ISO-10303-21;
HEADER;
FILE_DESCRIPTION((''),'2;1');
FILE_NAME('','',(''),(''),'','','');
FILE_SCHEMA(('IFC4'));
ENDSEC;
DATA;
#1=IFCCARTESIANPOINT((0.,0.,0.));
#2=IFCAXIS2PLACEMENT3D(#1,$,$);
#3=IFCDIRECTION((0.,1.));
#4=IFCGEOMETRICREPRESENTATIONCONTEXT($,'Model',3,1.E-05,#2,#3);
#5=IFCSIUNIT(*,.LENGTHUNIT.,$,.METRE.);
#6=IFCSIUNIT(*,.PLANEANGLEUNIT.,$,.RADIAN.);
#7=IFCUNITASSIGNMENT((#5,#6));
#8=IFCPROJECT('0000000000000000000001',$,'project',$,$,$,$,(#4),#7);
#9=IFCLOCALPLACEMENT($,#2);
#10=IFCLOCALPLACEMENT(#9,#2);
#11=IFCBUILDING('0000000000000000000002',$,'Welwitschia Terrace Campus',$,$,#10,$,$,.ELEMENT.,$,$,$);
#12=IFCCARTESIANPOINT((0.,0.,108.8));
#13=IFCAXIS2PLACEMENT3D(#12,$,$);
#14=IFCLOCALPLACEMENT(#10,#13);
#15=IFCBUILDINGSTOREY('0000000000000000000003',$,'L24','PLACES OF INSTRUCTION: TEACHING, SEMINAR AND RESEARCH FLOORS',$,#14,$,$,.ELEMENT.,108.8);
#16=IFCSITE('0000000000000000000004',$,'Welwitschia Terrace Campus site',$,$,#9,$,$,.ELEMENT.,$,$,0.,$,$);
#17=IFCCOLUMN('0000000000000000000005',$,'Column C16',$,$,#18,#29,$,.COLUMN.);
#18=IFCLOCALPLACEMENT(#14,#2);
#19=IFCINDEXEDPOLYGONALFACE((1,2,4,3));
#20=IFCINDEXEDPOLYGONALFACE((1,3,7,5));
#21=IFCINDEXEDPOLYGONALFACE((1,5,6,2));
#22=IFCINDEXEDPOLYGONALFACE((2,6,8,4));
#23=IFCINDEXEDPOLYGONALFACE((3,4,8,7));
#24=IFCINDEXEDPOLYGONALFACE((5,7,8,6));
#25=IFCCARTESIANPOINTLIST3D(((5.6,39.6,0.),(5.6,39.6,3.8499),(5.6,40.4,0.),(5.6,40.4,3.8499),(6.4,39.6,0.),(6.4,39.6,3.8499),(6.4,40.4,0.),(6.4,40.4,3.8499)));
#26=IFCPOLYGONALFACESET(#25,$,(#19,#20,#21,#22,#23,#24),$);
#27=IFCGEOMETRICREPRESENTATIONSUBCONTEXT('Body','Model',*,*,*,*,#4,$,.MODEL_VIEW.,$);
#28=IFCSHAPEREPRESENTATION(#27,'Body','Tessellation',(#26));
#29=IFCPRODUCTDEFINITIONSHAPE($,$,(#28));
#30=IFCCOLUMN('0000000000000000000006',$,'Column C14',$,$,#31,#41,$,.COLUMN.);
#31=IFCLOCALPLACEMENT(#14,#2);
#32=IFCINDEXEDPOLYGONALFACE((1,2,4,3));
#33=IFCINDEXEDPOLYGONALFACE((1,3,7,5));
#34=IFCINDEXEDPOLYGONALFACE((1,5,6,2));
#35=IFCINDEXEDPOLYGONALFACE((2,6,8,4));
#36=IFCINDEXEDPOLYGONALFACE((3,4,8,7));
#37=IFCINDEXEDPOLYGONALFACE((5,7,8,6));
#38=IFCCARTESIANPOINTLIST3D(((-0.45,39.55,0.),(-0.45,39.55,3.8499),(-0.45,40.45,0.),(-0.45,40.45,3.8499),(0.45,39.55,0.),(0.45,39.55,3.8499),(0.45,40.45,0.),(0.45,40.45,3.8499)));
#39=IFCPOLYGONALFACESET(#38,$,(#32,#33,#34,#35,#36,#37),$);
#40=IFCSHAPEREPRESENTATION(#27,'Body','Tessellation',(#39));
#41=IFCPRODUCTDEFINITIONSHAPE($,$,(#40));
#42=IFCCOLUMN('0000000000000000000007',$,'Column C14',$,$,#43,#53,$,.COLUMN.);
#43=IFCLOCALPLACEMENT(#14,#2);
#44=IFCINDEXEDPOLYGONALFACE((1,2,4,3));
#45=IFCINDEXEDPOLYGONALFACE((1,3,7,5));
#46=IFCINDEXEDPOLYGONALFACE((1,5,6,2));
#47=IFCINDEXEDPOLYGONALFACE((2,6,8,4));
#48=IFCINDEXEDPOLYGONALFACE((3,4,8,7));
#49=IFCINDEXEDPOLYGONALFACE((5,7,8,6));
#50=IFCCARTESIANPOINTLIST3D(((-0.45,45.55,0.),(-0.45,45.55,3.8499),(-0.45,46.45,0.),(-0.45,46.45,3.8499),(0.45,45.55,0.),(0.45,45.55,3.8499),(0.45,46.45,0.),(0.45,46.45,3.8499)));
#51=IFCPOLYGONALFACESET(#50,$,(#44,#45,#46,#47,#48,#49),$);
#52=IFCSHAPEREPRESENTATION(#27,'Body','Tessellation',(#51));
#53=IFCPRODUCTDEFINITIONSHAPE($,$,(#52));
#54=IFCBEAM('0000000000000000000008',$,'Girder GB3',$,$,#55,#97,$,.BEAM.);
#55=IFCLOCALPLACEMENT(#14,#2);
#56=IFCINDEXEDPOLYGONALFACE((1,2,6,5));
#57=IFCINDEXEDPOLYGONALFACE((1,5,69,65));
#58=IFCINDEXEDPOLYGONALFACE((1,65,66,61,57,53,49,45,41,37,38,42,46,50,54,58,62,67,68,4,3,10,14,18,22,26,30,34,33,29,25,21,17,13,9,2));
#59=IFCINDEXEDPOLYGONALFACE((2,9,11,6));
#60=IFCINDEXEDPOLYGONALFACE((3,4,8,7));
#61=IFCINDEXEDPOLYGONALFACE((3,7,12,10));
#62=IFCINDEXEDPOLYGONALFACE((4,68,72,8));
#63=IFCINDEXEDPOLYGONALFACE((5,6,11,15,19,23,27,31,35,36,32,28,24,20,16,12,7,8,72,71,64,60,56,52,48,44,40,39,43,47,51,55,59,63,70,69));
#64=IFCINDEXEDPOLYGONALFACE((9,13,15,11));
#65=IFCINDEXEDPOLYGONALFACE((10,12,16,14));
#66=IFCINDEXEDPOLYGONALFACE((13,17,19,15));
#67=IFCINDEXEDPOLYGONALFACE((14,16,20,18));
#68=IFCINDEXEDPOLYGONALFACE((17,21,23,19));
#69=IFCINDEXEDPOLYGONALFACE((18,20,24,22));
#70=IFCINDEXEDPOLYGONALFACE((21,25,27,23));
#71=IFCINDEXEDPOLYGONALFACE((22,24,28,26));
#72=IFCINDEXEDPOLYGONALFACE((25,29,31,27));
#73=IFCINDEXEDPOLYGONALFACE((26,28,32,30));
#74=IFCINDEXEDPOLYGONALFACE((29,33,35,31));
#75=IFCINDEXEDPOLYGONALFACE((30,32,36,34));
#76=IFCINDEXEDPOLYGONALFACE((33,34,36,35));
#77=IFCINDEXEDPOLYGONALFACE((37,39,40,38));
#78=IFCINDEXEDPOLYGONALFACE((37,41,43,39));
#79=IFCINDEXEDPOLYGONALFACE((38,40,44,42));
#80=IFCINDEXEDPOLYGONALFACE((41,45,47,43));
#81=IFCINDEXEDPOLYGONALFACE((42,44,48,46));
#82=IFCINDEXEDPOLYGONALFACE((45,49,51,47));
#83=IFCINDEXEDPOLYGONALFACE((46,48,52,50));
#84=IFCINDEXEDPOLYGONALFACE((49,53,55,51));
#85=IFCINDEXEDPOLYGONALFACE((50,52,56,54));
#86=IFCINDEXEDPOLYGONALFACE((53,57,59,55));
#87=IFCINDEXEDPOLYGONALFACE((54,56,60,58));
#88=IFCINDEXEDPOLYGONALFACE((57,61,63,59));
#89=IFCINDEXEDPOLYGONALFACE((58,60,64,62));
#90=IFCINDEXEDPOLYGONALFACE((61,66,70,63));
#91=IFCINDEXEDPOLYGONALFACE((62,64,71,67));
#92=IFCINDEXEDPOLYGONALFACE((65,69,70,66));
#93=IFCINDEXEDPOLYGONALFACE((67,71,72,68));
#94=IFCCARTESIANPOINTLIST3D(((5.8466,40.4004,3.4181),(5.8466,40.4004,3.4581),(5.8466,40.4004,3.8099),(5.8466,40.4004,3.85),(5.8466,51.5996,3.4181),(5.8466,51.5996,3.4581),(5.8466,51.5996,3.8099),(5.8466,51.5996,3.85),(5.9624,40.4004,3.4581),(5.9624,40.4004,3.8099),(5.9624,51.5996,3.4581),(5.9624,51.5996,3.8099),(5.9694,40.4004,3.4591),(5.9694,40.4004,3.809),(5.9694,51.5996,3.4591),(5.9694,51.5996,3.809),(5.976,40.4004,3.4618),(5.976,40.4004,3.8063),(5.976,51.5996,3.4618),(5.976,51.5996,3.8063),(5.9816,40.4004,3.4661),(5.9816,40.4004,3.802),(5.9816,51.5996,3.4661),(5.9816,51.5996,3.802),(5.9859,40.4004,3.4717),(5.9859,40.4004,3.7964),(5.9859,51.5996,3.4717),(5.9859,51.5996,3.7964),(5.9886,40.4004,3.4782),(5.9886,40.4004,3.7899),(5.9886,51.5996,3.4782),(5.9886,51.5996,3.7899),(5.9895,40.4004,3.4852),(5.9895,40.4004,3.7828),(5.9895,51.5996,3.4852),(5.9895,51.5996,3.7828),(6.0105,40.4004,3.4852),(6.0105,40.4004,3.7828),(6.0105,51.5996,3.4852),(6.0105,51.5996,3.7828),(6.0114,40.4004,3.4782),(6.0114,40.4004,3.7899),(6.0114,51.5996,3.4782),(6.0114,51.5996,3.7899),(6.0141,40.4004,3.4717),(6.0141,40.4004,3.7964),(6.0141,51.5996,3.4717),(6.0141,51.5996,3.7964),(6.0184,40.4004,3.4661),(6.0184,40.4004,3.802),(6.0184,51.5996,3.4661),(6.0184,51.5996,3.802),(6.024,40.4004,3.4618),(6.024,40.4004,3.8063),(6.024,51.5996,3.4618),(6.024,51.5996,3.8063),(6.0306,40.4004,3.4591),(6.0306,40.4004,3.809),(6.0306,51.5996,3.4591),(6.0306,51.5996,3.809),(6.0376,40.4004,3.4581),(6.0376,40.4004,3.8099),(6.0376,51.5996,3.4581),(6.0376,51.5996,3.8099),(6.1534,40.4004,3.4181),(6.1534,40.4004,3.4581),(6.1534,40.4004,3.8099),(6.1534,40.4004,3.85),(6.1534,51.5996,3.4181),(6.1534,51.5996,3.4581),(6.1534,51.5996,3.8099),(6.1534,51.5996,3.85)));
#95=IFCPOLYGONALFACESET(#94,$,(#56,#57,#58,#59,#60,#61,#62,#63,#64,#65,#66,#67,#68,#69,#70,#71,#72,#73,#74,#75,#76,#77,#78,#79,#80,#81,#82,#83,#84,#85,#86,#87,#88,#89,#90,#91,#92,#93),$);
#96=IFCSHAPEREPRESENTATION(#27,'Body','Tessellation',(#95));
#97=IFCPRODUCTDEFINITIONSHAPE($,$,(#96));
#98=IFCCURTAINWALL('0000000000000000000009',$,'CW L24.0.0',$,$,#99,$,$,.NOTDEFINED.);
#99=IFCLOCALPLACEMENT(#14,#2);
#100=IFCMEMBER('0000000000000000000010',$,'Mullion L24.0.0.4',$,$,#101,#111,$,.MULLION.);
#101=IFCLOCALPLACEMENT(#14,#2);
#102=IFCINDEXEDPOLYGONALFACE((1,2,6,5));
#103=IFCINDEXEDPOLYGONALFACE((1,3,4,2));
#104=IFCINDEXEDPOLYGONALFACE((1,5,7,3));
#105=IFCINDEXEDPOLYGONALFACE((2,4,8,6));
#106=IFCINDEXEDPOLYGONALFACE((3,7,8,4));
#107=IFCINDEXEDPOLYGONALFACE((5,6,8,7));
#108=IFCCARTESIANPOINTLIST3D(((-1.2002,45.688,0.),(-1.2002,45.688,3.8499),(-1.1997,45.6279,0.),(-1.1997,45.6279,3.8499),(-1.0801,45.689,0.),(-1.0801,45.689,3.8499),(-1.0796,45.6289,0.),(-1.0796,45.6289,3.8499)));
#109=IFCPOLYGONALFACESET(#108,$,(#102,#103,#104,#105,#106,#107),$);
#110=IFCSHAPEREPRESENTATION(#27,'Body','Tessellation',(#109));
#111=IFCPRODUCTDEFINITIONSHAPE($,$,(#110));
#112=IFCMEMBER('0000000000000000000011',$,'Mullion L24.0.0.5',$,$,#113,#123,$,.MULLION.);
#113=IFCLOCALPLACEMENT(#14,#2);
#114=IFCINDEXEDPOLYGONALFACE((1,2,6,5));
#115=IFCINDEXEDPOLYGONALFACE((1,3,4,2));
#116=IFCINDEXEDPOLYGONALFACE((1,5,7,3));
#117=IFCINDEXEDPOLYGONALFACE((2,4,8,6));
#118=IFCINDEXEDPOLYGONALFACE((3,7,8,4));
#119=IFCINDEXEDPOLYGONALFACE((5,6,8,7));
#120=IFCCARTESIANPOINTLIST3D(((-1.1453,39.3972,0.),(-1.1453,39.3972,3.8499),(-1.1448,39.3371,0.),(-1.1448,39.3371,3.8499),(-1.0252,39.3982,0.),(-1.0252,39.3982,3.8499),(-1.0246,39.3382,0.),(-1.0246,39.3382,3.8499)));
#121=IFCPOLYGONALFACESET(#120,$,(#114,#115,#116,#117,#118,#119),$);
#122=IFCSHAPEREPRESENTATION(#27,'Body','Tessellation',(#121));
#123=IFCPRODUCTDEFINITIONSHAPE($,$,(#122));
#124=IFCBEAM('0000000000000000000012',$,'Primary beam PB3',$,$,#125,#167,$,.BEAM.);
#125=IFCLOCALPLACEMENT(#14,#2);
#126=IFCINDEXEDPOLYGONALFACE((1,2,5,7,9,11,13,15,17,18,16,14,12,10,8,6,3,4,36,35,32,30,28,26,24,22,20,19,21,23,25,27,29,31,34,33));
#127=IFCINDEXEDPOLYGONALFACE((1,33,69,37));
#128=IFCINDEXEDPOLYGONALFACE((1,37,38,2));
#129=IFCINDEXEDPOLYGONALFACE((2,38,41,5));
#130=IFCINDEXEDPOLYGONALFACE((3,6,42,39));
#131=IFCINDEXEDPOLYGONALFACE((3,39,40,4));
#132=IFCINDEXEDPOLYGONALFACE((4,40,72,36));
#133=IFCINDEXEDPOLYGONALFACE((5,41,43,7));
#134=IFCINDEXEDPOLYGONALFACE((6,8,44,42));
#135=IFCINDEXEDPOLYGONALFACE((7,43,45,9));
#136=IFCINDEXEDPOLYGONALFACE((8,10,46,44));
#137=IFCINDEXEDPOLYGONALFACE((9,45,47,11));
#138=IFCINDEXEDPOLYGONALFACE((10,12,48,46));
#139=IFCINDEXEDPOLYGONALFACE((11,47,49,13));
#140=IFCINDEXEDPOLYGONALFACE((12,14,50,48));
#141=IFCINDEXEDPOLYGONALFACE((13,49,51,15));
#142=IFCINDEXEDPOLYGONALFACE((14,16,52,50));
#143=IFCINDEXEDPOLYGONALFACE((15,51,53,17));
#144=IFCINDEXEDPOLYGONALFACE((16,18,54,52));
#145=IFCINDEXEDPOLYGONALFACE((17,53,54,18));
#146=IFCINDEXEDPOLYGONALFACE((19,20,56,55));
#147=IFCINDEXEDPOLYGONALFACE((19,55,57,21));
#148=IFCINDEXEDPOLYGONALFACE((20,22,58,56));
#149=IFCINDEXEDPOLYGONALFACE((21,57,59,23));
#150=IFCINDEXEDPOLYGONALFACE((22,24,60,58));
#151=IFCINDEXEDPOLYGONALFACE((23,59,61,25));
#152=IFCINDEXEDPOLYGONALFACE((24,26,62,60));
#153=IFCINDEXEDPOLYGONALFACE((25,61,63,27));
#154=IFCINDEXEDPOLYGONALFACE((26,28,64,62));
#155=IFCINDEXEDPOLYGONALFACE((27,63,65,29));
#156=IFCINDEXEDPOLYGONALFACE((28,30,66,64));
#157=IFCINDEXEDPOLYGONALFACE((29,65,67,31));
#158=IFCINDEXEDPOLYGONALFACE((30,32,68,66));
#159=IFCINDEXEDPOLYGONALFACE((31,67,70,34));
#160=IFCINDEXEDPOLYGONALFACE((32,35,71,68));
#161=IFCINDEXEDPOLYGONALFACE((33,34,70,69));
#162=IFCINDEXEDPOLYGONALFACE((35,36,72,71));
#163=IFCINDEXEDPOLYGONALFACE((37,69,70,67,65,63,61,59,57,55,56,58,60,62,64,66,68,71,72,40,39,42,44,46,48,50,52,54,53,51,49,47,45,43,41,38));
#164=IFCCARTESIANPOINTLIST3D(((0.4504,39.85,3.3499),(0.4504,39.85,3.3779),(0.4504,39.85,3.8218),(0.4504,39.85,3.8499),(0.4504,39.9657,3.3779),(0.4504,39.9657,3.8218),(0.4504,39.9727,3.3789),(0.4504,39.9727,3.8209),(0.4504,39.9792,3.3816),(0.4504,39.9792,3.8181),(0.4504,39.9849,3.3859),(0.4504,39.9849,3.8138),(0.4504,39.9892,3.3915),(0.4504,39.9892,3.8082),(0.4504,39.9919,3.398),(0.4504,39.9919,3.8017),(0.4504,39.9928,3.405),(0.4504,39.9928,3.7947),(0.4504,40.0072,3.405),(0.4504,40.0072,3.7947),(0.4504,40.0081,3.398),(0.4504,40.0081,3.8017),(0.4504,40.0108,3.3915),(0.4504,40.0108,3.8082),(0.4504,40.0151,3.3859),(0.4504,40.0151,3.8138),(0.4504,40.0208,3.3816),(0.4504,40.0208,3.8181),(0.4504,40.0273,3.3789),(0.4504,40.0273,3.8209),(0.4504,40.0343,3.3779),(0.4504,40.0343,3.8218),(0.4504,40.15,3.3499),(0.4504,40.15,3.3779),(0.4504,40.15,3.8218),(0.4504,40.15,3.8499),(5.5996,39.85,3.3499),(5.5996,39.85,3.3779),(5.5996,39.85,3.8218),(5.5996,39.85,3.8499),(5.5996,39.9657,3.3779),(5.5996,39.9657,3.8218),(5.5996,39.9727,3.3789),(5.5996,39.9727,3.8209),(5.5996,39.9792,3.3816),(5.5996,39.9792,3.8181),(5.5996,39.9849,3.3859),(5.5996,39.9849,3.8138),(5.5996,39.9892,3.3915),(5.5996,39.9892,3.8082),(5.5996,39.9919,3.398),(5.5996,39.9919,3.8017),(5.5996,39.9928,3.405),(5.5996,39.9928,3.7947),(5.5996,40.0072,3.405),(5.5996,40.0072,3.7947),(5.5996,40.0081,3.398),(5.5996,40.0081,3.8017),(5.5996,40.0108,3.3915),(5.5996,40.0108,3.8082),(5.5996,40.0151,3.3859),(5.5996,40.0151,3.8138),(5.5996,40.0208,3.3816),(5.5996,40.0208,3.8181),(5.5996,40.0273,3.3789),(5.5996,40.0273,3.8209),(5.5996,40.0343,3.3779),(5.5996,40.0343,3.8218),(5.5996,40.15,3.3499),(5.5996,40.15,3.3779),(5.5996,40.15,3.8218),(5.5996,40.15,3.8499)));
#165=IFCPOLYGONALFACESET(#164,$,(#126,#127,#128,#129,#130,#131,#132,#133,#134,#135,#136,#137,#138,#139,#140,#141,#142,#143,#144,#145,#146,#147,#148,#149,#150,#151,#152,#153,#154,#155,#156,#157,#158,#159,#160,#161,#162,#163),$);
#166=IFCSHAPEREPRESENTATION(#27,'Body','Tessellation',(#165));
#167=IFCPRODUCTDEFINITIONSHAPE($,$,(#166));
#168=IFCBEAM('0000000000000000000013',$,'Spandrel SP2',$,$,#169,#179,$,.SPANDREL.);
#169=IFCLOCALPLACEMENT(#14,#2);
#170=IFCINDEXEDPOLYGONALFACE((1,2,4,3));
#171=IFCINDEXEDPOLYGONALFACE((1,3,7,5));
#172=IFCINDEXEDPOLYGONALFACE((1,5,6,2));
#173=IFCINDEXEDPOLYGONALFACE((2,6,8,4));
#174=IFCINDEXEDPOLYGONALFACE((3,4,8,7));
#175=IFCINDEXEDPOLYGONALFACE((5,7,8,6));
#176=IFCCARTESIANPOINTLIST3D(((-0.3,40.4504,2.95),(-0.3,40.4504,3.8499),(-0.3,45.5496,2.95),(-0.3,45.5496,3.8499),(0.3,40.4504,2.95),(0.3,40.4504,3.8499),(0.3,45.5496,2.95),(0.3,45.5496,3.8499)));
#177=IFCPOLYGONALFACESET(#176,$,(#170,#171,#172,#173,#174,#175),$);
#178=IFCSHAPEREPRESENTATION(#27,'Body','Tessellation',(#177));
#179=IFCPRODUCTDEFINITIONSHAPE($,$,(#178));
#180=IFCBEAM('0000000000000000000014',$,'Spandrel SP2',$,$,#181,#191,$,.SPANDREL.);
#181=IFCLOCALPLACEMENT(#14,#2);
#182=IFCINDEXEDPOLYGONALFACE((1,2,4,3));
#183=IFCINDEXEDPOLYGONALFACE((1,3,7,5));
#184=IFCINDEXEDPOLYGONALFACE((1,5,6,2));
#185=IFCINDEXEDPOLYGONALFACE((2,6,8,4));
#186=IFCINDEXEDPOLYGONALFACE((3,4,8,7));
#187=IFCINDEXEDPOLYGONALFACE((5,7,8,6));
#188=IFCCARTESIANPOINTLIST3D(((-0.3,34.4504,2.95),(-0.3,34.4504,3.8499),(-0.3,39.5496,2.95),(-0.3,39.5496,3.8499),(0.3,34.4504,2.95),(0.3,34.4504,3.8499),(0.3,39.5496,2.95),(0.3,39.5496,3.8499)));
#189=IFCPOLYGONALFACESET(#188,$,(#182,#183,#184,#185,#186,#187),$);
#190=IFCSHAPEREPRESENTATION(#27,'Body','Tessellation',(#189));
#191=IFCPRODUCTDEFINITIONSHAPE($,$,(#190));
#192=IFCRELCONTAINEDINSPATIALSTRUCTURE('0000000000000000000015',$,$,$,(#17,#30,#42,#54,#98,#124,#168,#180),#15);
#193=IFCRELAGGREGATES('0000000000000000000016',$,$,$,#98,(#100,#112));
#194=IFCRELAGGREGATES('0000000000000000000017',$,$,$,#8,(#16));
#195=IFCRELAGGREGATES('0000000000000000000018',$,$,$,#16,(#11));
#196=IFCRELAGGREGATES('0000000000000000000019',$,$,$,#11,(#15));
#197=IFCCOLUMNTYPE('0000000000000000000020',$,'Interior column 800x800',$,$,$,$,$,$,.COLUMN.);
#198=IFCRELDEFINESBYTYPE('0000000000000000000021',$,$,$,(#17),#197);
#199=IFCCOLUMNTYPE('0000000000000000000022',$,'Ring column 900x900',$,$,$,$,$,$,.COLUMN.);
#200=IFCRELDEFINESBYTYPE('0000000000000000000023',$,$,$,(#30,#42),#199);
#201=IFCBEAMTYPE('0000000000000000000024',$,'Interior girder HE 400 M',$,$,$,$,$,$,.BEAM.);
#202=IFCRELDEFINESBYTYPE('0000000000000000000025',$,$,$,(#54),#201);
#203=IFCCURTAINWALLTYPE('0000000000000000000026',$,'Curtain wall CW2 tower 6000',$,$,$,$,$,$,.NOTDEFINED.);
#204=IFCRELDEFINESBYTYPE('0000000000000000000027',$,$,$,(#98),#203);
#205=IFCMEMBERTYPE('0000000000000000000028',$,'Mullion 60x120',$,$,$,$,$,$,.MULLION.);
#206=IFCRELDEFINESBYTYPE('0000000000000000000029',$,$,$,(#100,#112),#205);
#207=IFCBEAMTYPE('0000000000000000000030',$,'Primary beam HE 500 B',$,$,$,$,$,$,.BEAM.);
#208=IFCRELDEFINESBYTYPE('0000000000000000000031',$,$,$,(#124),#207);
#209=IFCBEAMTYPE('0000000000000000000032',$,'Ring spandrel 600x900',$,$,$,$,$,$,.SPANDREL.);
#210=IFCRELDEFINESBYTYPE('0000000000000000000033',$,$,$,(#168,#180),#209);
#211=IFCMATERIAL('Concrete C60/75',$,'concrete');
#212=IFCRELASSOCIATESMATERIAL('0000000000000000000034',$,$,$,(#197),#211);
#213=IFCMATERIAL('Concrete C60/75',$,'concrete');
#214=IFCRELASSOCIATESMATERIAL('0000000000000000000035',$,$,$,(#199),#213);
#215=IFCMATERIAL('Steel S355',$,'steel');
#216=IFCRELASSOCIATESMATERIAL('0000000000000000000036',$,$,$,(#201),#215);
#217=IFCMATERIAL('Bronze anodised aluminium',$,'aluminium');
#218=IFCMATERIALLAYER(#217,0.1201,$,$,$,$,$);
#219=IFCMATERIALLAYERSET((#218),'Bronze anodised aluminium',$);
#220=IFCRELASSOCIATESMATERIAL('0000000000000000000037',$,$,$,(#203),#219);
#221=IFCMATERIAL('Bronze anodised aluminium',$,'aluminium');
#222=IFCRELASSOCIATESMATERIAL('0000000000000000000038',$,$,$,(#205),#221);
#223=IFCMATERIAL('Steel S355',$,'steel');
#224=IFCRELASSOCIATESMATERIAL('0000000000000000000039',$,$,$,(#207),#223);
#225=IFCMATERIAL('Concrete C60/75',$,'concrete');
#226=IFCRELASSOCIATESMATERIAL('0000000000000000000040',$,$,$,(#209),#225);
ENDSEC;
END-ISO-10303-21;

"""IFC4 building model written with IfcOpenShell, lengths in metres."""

from ifc_helpers import new_model, si_unit, direction, frame, origin, origin_2d, place, context, subcontext, project, spatial, rectangle, i_section, extrude, material, layer, layer_set, material_profile, profile_set, type_object, element, aggregate, save


model = new_model("IFC4")

# Units and contexts
model_context = context("Model", 3, precision=1e-05, world=origin(), true_north=direction((0.0, 1.0)))
body_context = subcontext(model_context, "Body", "Model", "MODEL_VIEW")
ifc_project = project(units=[si_unit("LENGTHUNIT", "METRE"), si_unit("PLANEANGLEUNIT", "RADIAN")], contexts=[model_context])

# Site, building, storey
site_placement = place(None, origin())
site = spatial("IfcSite", under=ifc_project, at=site_placement, Name="Welwitschia Terrace Campus site", CompositionType="ELEMENT", RefElevation=0.0)
building_placement = place(site_placement, origin())
building = spatial("IfcBuilding", under=site, at=building_placement, Name="Welwitschia Terrace Campus", CompositionType="ELEMENT")
storey_placement = place(building_placement, frame((0.0, 0.0, 108.8)))
storey = spatial("IfcBuildingStorey", under=building, at=storey_placement, Name="L24", Description="PLACES OF INSTRUCTION: TEACHING, SEMINAR AND RESEARCH FLOORS", CompositionType="ELEMENT", Elevation=108.8)

# Columns
ifc_material_1 = material(Name="Concrete C60/75", Category="concrete")
ifc_material_profile_1 = material_profile(ifc_material_1, rectangle(XDim=0.8, YDim=0.8, at=origin_2d()))
ifc_profile_set_1 = profile_set([ifc_material_profile_1], Name="Concrete C60/75")
column_type_1 = type_object("IfcColumnType", Name="Interior column 800x800", PredefinedType="COLUMN", material=ifc_profile_set_1)
column_placement = place(storey_placement, frame((6.0, 40.0, 0.0), z_axis=(0.0, 0.0, 1.0), x_axis=(1.0, 0.0, 0.0)))
element("IfcColumn", 1, at=column_placement, inside=storey, type_object=column_type_1, Name="Column C16", PredefinedType="COLUMN", context=body_context, shape_type="SweptSolid", body=[
    extrude(rectangle(XDim=0.8, YDim=0.8, at=origin_2d()), origin(), (0.0, 0.0, 1.0), 3.8499),
])
ifc_material_2 = material(Name="Concrete C60/75", Category="concrete")
ifc_material_profile_2 = material_profile(ifc_material_2, rectangle(XDim=0.8999, YDim=0.8999, at=origin_2d()))
ifc_profile_set_2 = profile_set([ifc_material_profile_2], Name="Concrete C60/75")
column_type_2 = type_object("IfcColumnType", Name="Ring column 900x900", PredefinedType="COLUMN", material=ifc_profile_set_2)
for number, where, z_axis, x_axis, name in (
    (2, (0.0, 40.0, 0.0), (0.0, 0.0, 1.0), (1.0, 0.0, 0.0), "Column C14"),
    (3, (0.0, 46.0, 0.0), (0.0, 0.0, 1.0), (1.0, 0.0, 0.0), "Column C14"),
):
    element("IfcColumn", number, at=place(storey_placement, frame(where, z_axis=z_axis, x_axis=x_axis)), inside=storey, type_object=column_type_2, Name=name, PredefinedType="COLUMN", context=body_context, shape_type="SweptSolid", body=[
        extrude(rectangle(XDim=0.8999, YDim=0.8999, at=origin_2d()), origin(), (0.0, 0.0, 1.0), 3.8499),
    ])

# Beam
ifc_material_3 = material(Name="Steel S355", Category="steel")
ifc_material_profile_3 = material_profile(ifc_material_3, i_section(OverallWidth=0.3069, OverallDepth=0.4319, WebThickness=0.021, FlangeThickness=0.04, FilletRadius=0.0271, at=origin_2d()))
ifc_profile_set_3 = profile_set([ifc_material_profile_3], Name="Steel S355")
beam_type_1 = type_object("IfcBeamType", Name="Interior girder HE 400 M", PredefinedType="BEAM", material=ifc_profile_set_3)
beam_1_placement = place(storey_placement, frame((6.0, 40.4004, 3.634), z_axis=(0.0, 1.0, 0.0), x_axis=(-1.0, 0.0, 0.0)))
element("IfcBeam", 4, at=beam_1_placement, inside=storey, type_object=beam_type_1, Name="Girder GB3", PredefinedType="BEAM", context=body_context, shape_type="SweptSolid", body=[
    extrude(i_section(OverallWidth=0.3069, OverallDepth=0.4319, WebThickness=0.021, FlangeThickness=0.04, FilletRadius=0.0271, at=origin_2d()), origin(), (0.0, 0.0, 1.0), 11.1992),
])

# Curtain wall, members
ifc_material_4 = material(Name="Bronze anodised aluminium", Category="aluminium")
ifc_layer_1 = layer(ifc_material_4, 0.1201)
ifc_layer_set_1 = layer_set([ifc_layer_1], Name="Bronze anodised aluminium")
curtain_wall_type = type_object("IfcCurtainWallType", Name="Curtain wall CW2 tower 6000", PredefinedType="NOTDEFINED", material=ifc_layer_set_1)
curtain_wall_placement = place(storey_placement, origin())
curtain_wall = element("IfcCurtainWall", 5, at=curtain_wall_placement, inside=storey, type_object=curtain_wall_type, Name="CW L24.0.0", PredefinedType="NOTDEFINED")
ifc_material_5 = material(Name="Bronze anodised aluminium", Category="aluminium")
ifc_material_profile_4 = material_profile(ifc_material_5, rectangle(XDim=0.1201, YDim=0.0601, at=origin_2d()))
ifc_profile_set_4 = profile_set([ifc_material_profile_4], Name="Bronze anodised aluminium")
member_type = type_object("IfcMemberType", Name="Mullion 60x120", PredefinedType="MULLION", material=ifc_profile_set_4)
member_1_placement = place(storey_placement, frame((-1.1399, 45.6584, 0.0), z_axis=(0.0, 0.0, 1.0), x_axis=(0.999962, 0.008727, 0.0)))
member_1 = element("IfcMember", 6, at=member_1_placement, type_object=member_type, Name="Mullion L24.0.0.4", PredefinedType="MULLION", context=body_context, shape_type="SweptSolid", body=[
    extrude(rectangle(XDim=0.1201, YDim=0.0601, at=origin_2d()), origin(), (0.0, 0.0, 1.0), 3.8499),
])
member_2_placement = place(storey_placement, frame((-1.085, 39.3677, 0.0), z_axis=(0.0, 0.0, 1.0), x_axis=(0.999962, 0.008727, 0.0)))
member_2 = element("IfcMember", 7, at=member_2_placement, type_object=member_type, Name="Mullion L24.0.0.5", PredefinedType="MULLION", context=body_context, shape_type="SweptSolid", body=[
    extrude(rectangle(XDim=0.1201, YDim=0.0601, at=origin_2d()), origin(), (0.0, 0.0, 1.0), 3.8499),
])

# Beams
ifc_material_6 = material(Name="Steel S355", Category="steel")
ifc_material_profile_5 = material_profile(ifc_material_6, i_section(OverallWidth=0.3, OverallDepth=0.5, WebThickness=0.0144, FlangeThickness=0.0281, FilletRadius=0.0271, at=origin_2d()))
ifc_profile_set_5 = profile_set([ifc_material_profile_5], Name="Steel S355")
beam_type_2 = type_object("IfcBeamType", Name="Primary beam HE 500 B", PredefinedType="BEAM", material=ifc_profile_set_5)
beam_2_placement = place(storey_placement, frame((0.4504, 40.0, 3.5999), z_axis=(1.0, 0.0, 0.0), x_axis=(0.0, 1.0, 0.0)))
element("IfcBeam", 8, at=beam_2_placement, inside=storey, type_object=beam_type_2, Name="Primary beam PB3", PredefinedType="BEAM", context=body_context, shape_type="SweptSolid", body=[
    extrude(i_section(OverallWidth=0.3, OverallDepth=0.5, WebThickness=0.0144, FlangeThickness=0.0281, FilletRadius=0.0271, at=origin_2d()), origin(), (0.0, 0.0, 1.0), 5.1492),
])
ifc_material_7 = material(Name="Concrete C60/75", Category="concrete")
ifc_material_profile_6 = material_profile(ifc_material_7, rectangle(XDim=0.6001, YDim=0.8999, at=origin_2d()))
ifc_profile_set_6 = profile_set([ifc_material_profile_6], Name="Concrete C60/75")
beam_type_3 = type_object("IfcBeamType", Name="Ring spandrel 600x900", PredefinedType="SPANDREL", material=ifc_profile_set_6)
for number, where, z_axis, x_axis, name in (
    (9, (0.0, 45.5496, 3.3999), (0.0, -1.0, 0.0), (1.0, 0.0, 0.0), "Spandrel SP2"),
    (10, (0.0, 39.5496, 3.3999), (0.0, -1.0, 0.0), (1.0, 0.0, 0.0), "Spandrel SP2"),
):
    element("IfcBeam", number, at=place(storey_placement, frame(where, z_axis=z_axis, x_axis=x_axis)), inside=storey, type_object=beam_type_3, Name=name, PredefinedType="SPANDREL", context=body_context, shape_type="SweptSolid", body=[
        extrude(rectangle(XDim=0.6001, YDim=0.8999, at=origin_2d()), origin(), (0.0, 0.0, 1.0), 5.0991),
    ])

aggregate(curtain_wall, [member_1, member_2])

save(model, "model.ifc")
